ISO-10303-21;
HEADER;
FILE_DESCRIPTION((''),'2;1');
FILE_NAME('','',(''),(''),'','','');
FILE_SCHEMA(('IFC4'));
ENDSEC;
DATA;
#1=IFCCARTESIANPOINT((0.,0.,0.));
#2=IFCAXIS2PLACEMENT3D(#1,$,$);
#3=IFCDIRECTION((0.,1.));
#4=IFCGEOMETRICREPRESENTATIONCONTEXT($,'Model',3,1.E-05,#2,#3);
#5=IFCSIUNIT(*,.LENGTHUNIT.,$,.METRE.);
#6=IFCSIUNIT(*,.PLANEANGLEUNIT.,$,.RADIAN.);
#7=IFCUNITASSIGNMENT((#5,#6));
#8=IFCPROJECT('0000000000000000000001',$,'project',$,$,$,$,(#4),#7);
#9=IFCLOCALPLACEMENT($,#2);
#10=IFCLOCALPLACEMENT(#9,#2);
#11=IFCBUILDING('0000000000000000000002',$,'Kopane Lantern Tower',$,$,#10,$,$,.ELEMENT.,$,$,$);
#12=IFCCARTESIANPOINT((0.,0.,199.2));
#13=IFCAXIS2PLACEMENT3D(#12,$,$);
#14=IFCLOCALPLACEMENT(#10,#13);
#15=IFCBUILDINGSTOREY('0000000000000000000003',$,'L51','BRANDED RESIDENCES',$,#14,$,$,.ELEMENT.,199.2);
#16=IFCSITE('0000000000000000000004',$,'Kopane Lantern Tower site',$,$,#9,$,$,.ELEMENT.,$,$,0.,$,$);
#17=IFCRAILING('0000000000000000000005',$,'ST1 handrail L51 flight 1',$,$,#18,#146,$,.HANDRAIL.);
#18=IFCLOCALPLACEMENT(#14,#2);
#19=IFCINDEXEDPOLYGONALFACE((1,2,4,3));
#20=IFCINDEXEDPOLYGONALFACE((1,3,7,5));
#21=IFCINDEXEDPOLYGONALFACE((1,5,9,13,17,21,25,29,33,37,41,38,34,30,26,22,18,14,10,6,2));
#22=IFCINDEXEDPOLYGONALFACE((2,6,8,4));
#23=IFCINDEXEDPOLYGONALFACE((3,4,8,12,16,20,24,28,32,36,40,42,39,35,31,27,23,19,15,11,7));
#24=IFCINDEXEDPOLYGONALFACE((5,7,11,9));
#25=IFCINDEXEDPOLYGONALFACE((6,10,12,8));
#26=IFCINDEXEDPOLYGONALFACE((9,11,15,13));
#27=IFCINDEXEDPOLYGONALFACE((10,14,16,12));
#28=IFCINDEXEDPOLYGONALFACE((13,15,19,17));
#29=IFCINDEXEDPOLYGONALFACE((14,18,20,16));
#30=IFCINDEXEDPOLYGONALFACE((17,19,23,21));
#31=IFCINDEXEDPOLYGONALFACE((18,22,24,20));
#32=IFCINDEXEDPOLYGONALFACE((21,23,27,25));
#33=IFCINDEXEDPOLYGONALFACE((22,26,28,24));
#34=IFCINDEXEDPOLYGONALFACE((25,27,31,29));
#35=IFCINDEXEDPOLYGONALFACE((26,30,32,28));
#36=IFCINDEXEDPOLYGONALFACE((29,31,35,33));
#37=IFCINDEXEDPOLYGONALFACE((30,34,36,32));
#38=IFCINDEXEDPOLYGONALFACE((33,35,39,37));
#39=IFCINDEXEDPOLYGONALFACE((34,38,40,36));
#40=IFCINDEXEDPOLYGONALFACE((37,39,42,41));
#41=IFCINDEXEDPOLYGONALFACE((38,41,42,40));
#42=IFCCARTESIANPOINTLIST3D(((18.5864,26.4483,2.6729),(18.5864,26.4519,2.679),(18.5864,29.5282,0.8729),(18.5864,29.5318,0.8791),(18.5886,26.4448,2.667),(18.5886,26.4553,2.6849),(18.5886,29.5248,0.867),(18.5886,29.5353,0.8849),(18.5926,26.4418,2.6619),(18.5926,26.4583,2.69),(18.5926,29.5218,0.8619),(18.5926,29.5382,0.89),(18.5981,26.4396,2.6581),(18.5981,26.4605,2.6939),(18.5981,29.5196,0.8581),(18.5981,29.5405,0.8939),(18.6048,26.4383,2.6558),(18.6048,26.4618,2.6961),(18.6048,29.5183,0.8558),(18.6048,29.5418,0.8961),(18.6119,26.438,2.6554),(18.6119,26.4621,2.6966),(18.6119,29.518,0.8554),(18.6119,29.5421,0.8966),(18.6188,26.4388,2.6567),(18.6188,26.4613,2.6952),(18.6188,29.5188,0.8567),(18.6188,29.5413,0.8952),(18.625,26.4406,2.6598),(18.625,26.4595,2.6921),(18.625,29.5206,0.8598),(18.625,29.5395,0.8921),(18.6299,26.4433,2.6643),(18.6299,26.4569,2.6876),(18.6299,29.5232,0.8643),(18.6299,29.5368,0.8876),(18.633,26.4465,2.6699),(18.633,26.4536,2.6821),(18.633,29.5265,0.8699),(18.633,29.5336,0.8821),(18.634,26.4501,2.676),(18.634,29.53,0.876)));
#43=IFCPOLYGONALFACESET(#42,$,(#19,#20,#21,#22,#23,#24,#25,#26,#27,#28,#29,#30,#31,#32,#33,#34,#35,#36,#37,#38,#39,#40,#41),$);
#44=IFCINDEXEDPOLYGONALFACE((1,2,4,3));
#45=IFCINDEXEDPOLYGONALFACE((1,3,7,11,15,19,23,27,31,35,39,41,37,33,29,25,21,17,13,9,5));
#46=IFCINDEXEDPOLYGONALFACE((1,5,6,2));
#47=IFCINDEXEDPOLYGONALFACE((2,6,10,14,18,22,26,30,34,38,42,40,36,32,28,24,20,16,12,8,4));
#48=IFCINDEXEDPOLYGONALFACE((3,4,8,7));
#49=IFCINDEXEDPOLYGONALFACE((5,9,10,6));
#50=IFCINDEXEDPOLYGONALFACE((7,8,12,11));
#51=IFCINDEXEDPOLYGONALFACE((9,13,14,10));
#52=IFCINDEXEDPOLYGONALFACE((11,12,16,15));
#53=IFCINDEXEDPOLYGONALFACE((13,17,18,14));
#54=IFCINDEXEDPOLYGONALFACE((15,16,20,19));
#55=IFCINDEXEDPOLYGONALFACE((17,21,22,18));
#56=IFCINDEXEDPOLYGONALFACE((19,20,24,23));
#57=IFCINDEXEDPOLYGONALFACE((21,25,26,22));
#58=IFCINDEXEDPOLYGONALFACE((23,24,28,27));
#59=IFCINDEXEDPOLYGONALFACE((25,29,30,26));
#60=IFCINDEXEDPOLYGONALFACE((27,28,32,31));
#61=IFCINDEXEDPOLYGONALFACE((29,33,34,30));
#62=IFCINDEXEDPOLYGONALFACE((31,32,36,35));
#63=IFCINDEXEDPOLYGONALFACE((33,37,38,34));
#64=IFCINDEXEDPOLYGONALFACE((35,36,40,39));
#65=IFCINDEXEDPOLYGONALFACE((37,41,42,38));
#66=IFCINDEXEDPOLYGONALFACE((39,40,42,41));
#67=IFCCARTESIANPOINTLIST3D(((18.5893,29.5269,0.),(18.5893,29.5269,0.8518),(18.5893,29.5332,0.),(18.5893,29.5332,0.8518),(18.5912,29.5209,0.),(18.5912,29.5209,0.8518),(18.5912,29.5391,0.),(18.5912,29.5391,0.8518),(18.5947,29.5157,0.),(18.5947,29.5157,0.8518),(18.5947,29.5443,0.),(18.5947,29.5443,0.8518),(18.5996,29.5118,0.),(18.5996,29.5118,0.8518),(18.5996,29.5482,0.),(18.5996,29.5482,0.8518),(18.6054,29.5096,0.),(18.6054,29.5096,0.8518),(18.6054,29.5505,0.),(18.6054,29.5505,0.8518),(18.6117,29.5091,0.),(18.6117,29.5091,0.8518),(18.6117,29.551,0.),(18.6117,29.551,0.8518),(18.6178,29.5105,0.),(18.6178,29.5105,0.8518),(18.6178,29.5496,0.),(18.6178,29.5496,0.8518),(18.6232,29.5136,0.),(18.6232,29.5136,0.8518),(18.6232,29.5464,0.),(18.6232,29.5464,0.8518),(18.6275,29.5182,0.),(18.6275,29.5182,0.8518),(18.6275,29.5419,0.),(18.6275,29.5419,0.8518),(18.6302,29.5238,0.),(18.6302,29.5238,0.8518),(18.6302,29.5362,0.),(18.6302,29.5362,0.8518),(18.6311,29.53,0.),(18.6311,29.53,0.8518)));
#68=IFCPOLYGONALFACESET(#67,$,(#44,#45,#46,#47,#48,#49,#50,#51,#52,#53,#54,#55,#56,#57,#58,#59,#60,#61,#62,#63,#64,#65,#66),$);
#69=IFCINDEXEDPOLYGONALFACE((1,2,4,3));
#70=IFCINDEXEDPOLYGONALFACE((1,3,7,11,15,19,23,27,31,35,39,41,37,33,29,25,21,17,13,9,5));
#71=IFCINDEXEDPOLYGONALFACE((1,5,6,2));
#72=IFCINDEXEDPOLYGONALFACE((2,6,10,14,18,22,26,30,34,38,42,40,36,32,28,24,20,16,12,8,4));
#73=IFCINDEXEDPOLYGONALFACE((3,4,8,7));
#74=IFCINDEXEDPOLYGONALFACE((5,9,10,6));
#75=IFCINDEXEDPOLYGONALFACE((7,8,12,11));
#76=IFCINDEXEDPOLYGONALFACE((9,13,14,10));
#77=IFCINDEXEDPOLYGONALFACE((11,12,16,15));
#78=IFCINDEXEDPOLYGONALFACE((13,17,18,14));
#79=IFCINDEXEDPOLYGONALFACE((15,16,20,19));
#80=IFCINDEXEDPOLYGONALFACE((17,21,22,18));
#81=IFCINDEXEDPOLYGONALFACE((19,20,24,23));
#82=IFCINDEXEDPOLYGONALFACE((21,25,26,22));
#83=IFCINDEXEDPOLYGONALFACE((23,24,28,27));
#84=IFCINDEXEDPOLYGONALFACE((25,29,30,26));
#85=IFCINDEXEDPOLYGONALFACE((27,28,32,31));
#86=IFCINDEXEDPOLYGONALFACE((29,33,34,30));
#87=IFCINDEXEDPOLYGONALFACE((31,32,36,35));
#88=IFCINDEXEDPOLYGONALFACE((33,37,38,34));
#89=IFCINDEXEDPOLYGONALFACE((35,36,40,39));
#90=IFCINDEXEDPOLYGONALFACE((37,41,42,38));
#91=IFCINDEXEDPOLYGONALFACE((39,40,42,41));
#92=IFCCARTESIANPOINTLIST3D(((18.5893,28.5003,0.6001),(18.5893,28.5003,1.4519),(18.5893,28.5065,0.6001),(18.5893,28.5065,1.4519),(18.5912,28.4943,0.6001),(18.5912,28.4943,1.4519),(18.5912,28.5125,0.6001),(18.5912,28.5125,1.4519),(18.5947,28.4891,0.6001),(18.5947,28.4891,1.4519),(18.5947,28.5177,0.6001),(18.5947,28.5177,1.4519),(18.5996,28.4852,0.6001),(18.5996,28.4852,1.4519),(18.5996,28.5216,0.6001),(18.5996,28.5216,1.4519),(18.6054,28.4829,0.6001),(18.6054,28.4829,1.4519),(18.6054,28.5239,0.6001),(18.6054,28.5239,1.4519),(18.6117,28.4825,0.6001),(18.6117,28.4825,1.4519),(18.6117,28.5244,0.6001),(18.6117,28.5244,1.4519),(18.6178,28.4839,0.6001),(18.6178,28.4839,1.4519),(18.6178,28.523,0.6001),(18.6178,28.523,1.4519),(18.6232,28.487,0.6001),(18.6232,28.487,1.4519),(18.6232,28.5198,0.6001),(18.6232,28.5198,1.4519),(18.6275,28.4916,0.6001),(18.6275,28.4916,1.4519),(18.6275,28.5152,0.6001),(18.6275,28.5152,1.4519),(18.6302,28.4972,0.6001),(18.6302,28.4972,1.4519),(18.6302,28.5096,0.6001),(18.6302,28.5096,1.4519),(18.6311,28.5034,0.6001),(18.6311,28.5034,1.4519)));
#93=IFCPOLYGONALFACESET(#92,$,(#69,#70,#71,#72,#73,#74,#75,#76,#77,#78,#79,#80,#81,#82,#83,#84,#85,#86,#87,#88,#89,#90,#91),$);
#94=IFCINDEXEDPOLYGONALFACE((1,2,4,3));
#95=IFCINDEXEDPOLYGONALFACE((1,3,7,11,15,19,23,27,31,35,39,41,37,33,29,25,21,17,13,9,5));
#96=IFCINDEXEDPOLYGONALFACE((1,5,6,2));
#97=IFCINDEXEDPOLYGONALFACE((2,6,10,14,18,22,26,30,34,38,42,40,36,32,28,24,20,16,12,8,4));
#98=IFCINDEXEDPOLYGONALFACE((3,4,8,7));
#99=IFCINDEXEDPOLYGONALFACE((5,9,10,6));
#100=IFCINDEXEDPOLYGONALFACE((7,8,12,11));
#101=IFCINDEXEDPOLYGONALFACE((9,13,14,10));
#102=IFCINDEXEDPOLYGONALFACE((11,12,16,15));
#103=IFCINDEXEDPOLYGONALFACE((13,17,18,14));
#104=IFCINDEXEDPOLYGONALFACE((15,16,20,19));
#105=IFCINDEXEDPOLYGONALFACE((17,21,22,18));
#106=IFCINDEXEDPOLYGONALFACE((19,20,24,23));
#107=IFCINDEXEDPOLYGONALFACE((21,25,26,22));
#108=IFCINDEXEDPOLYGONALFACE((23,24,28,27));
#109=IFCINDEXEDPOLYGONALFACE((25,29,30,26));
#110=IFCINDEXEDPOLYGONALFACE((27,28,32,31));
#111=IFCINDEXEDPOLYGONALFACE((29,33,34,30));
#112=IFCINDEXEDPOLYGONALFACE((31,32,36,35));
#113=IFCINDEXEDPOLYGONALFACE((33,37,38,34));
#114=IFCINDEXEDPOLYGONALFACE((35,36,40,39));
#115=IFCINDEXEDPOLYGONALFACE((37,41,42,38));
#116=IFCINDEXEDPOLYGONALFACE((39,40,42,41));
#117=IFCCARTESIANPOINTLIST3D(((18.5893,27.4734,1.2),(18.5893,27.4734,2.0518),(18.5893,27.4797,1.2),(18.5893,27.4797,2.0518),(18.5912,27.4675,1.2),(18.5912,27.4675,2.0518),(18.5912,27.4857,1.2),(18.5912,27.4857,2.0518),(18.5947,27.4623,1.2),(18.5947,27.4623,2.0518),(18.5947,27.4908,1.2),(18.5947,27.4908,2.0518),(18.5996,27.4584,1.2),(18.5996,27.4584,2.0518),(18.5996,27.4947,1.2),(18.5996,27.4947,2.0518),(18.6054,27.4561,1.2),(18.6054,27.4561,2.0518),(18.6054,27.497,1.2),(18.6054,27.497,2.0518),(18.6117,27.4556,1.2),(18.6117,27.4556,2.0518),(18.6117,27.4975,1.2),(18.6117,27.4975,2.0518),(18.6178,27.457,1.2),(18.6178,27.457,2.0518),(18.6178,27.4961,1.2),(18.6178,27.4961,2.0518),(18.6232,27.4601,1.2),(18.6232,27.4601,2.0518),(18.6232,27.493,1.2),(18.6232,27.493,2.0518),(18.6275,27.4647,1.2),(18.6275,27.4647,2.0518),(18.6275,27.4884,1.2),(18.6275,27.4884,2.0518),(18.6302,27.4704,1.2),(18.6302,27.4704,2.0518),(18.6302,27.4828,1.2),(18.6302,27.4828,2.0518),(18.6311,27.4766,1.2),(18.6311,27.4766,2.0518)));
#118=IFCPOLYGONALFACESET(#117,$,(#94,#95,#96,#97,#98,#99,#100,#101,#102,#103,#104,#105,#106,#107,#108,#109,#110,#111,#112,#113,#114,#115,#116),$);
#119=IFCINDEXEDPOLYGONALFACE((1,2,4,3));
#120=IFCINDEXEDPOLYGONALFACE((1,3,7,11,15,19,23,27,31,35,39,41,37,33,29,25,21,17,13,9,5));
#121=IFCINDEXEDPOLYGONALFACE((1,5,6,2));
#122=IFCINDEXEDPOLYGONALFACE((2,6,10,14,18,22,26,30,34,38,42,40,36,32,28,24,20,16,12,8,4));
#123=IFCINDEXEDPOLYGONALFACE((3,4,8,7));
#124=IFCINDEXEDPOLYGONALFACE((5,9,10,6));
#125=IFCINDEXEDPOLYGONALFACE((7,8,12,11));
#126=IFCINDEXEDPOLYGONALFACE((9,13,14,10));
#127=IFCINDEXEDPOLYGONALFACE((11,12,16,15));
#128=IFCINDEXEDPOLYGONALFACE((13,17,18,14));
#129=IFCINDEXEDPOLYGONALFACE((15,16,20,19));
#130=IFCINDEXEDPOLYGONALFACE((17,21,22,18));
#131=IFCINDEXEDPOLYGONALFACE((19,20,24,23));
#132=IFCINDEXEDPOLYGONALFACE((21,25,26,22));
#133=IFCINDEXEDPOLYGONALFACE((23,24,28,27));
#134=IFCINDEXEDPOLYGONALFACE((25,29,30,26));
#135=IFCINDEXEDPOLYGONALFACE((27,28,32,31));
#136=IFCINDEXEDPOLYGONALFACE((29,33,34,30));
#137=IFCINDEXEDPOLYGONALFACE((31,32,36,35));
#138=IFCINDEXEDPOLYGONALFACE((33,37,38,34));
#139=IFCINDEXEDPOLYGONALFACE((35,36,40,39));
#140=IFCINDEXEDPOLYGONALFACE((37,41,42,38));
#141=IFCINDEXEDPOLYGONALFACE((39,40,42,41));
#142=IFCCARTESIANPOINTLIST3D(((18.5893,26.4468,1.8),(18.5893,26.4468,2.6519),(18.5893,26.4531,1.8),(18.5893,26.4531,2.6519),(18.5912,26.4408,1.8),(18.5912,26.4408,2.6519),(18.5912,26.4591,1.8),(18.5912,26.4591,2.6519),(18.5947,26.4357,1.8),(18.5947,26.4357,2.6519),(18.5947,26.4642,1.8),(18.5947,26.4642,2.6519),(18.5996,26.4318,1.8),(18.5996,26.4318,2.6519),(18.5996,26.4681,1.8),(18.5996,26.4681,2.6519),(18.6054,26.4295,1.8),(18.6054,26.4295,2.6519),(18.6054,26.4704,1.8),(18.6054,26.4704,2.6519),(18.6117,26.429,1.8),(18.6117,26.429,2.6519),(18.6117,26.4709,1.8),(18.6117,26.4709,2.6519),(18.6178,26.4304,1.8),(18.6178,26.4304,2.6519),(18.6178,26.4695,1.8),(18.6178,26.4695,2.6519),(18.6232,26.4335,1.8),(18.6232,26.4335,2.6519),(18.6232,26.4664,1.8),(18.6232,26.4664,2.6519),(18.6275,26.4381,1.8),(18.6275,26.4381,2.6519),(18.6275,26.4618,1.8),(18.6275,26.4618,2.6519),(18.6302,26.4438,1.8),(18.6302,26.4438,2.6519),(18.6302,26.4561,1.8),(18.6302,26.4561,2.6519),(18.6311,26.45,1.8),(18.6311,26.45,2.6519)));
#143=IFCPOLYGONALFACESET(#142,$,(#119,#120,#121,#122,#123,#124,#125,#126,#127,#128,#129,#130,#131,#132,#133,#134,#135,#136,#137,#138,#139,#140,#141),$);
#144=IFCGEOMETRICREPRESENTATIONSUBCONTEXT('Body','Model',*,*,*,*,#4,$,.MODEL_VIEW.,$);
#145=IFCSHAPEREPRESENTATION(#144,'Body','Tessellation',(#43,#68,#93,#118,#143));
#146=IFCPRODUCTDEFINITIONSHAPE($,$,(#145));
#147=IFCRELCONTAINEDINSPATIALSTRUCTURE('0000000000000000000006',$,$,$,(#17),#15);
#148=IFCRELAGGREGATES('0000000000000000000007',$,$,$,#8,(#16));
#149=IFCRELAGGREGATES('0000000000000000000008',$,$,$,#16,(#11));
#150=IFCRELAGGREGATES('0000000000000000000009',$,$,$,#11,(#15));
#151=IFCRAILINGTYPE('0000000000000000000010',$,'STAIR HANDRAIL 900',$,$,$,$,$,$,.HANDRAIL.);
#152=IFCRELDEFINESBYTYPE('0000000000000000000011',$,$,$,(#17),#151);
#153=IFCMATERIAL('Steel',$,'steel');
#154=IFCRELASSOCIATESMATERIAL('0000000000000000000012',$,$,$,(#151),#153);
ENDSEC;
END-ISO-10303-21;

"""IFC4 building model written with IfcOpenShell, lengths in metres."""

from ifc_helpers import new_model, si_unit, direction, frame, origin, origin_2d, place, context, subcontext, project, spatial, circle, extrude, material, type_object, element, save


model = new_model("IFC4")

# Units and contexts
model_context = context("Model", 3, precision=1e-05, world=origin(), true_north=direction((0.0, 1.0)))
body_context = subcontext(model_context, "Body", "Model", "MODEL_VIEW")
ifc_project = project(units=[si_unit("LENGTHUNIT", "METRE"), si_unit("PLANEANGLEUNIT", "RADIAN")], contexts=[model_context])

# Site, building, storey
site_placement = place(None, origin())
site = spatial("IfcSite", under=ifc_project, at=site_placement, Name="Kopane Lantern Tower site", CompositionType="ELEMENT", RefElevation=0.0)
building_placement = place(site_placement, origin())
building = spatial("IfcBuilding", under=site, at=building_placement, Name="Kopane Lantern Tower", CompositionType="ELEMENT")
storey_placement = place(building_placement, frame((0.0, 0.0, 199.2)))
storey = spatial("IfcBuildingStorey", under=building, at=storey_placement, Name="L51", Description="BRANDED RESIDENCES", CompositionType="ELEMENT", Elevation=199.2)

# Railing
ifc_material_1 = material(Name="Steel", Category="steel")
railing_type_1 = type_object("IfcRailingType", Name="STAIR HANDRAIL 900", PredefinedType="HANDRAIL", material=ifc_material_1)
for number, where, name in (
    (1, (18.6101, 29.53, 0.0), "ST1 handrail L51 flight 1"),
):
    element("IfcRailing", number, at=place(storey_placement, frame(where)), inside=storey, type_object=railing_type_1, Name=name, PredefinedType="HANDRAIL", context=body_context, shape_type="SweptSolid", body=[
        extrude(circle(Radius=0.0239, at=origin_2d()), frame((0.0, 0.0, 0.876), z_axis=(0.0, -0.863372, 0.504569), x_axis=(1.0, 0.0, 0.0)), (0.0, 0.0, 1.0), 3.5674),
        extrude(circle(Radius=0.021, at=origin_2d()), origin(), (0.0, 0.0, 1.0), 0.8518),
        extrude(circle(Radius=0.021, at=origin_2d()), frame((0.0, -1.0266, 0.6001)), (0.0, 0.0, 1.0), 0.8518),
        extrude(circle(Radius=0.021, at=origin_2d()), frame((0.0, -2.0535, 1.2)), (0.0, 0.0, 1.0), 0.8518),
        extrude(circle(Radius=0.021, at=origin_2d()), frame((0.0, -3.0801, 1.8)), (0.0, 0.0, 1.0), 0.8518),
    ])

save(model, "model.ifc")
